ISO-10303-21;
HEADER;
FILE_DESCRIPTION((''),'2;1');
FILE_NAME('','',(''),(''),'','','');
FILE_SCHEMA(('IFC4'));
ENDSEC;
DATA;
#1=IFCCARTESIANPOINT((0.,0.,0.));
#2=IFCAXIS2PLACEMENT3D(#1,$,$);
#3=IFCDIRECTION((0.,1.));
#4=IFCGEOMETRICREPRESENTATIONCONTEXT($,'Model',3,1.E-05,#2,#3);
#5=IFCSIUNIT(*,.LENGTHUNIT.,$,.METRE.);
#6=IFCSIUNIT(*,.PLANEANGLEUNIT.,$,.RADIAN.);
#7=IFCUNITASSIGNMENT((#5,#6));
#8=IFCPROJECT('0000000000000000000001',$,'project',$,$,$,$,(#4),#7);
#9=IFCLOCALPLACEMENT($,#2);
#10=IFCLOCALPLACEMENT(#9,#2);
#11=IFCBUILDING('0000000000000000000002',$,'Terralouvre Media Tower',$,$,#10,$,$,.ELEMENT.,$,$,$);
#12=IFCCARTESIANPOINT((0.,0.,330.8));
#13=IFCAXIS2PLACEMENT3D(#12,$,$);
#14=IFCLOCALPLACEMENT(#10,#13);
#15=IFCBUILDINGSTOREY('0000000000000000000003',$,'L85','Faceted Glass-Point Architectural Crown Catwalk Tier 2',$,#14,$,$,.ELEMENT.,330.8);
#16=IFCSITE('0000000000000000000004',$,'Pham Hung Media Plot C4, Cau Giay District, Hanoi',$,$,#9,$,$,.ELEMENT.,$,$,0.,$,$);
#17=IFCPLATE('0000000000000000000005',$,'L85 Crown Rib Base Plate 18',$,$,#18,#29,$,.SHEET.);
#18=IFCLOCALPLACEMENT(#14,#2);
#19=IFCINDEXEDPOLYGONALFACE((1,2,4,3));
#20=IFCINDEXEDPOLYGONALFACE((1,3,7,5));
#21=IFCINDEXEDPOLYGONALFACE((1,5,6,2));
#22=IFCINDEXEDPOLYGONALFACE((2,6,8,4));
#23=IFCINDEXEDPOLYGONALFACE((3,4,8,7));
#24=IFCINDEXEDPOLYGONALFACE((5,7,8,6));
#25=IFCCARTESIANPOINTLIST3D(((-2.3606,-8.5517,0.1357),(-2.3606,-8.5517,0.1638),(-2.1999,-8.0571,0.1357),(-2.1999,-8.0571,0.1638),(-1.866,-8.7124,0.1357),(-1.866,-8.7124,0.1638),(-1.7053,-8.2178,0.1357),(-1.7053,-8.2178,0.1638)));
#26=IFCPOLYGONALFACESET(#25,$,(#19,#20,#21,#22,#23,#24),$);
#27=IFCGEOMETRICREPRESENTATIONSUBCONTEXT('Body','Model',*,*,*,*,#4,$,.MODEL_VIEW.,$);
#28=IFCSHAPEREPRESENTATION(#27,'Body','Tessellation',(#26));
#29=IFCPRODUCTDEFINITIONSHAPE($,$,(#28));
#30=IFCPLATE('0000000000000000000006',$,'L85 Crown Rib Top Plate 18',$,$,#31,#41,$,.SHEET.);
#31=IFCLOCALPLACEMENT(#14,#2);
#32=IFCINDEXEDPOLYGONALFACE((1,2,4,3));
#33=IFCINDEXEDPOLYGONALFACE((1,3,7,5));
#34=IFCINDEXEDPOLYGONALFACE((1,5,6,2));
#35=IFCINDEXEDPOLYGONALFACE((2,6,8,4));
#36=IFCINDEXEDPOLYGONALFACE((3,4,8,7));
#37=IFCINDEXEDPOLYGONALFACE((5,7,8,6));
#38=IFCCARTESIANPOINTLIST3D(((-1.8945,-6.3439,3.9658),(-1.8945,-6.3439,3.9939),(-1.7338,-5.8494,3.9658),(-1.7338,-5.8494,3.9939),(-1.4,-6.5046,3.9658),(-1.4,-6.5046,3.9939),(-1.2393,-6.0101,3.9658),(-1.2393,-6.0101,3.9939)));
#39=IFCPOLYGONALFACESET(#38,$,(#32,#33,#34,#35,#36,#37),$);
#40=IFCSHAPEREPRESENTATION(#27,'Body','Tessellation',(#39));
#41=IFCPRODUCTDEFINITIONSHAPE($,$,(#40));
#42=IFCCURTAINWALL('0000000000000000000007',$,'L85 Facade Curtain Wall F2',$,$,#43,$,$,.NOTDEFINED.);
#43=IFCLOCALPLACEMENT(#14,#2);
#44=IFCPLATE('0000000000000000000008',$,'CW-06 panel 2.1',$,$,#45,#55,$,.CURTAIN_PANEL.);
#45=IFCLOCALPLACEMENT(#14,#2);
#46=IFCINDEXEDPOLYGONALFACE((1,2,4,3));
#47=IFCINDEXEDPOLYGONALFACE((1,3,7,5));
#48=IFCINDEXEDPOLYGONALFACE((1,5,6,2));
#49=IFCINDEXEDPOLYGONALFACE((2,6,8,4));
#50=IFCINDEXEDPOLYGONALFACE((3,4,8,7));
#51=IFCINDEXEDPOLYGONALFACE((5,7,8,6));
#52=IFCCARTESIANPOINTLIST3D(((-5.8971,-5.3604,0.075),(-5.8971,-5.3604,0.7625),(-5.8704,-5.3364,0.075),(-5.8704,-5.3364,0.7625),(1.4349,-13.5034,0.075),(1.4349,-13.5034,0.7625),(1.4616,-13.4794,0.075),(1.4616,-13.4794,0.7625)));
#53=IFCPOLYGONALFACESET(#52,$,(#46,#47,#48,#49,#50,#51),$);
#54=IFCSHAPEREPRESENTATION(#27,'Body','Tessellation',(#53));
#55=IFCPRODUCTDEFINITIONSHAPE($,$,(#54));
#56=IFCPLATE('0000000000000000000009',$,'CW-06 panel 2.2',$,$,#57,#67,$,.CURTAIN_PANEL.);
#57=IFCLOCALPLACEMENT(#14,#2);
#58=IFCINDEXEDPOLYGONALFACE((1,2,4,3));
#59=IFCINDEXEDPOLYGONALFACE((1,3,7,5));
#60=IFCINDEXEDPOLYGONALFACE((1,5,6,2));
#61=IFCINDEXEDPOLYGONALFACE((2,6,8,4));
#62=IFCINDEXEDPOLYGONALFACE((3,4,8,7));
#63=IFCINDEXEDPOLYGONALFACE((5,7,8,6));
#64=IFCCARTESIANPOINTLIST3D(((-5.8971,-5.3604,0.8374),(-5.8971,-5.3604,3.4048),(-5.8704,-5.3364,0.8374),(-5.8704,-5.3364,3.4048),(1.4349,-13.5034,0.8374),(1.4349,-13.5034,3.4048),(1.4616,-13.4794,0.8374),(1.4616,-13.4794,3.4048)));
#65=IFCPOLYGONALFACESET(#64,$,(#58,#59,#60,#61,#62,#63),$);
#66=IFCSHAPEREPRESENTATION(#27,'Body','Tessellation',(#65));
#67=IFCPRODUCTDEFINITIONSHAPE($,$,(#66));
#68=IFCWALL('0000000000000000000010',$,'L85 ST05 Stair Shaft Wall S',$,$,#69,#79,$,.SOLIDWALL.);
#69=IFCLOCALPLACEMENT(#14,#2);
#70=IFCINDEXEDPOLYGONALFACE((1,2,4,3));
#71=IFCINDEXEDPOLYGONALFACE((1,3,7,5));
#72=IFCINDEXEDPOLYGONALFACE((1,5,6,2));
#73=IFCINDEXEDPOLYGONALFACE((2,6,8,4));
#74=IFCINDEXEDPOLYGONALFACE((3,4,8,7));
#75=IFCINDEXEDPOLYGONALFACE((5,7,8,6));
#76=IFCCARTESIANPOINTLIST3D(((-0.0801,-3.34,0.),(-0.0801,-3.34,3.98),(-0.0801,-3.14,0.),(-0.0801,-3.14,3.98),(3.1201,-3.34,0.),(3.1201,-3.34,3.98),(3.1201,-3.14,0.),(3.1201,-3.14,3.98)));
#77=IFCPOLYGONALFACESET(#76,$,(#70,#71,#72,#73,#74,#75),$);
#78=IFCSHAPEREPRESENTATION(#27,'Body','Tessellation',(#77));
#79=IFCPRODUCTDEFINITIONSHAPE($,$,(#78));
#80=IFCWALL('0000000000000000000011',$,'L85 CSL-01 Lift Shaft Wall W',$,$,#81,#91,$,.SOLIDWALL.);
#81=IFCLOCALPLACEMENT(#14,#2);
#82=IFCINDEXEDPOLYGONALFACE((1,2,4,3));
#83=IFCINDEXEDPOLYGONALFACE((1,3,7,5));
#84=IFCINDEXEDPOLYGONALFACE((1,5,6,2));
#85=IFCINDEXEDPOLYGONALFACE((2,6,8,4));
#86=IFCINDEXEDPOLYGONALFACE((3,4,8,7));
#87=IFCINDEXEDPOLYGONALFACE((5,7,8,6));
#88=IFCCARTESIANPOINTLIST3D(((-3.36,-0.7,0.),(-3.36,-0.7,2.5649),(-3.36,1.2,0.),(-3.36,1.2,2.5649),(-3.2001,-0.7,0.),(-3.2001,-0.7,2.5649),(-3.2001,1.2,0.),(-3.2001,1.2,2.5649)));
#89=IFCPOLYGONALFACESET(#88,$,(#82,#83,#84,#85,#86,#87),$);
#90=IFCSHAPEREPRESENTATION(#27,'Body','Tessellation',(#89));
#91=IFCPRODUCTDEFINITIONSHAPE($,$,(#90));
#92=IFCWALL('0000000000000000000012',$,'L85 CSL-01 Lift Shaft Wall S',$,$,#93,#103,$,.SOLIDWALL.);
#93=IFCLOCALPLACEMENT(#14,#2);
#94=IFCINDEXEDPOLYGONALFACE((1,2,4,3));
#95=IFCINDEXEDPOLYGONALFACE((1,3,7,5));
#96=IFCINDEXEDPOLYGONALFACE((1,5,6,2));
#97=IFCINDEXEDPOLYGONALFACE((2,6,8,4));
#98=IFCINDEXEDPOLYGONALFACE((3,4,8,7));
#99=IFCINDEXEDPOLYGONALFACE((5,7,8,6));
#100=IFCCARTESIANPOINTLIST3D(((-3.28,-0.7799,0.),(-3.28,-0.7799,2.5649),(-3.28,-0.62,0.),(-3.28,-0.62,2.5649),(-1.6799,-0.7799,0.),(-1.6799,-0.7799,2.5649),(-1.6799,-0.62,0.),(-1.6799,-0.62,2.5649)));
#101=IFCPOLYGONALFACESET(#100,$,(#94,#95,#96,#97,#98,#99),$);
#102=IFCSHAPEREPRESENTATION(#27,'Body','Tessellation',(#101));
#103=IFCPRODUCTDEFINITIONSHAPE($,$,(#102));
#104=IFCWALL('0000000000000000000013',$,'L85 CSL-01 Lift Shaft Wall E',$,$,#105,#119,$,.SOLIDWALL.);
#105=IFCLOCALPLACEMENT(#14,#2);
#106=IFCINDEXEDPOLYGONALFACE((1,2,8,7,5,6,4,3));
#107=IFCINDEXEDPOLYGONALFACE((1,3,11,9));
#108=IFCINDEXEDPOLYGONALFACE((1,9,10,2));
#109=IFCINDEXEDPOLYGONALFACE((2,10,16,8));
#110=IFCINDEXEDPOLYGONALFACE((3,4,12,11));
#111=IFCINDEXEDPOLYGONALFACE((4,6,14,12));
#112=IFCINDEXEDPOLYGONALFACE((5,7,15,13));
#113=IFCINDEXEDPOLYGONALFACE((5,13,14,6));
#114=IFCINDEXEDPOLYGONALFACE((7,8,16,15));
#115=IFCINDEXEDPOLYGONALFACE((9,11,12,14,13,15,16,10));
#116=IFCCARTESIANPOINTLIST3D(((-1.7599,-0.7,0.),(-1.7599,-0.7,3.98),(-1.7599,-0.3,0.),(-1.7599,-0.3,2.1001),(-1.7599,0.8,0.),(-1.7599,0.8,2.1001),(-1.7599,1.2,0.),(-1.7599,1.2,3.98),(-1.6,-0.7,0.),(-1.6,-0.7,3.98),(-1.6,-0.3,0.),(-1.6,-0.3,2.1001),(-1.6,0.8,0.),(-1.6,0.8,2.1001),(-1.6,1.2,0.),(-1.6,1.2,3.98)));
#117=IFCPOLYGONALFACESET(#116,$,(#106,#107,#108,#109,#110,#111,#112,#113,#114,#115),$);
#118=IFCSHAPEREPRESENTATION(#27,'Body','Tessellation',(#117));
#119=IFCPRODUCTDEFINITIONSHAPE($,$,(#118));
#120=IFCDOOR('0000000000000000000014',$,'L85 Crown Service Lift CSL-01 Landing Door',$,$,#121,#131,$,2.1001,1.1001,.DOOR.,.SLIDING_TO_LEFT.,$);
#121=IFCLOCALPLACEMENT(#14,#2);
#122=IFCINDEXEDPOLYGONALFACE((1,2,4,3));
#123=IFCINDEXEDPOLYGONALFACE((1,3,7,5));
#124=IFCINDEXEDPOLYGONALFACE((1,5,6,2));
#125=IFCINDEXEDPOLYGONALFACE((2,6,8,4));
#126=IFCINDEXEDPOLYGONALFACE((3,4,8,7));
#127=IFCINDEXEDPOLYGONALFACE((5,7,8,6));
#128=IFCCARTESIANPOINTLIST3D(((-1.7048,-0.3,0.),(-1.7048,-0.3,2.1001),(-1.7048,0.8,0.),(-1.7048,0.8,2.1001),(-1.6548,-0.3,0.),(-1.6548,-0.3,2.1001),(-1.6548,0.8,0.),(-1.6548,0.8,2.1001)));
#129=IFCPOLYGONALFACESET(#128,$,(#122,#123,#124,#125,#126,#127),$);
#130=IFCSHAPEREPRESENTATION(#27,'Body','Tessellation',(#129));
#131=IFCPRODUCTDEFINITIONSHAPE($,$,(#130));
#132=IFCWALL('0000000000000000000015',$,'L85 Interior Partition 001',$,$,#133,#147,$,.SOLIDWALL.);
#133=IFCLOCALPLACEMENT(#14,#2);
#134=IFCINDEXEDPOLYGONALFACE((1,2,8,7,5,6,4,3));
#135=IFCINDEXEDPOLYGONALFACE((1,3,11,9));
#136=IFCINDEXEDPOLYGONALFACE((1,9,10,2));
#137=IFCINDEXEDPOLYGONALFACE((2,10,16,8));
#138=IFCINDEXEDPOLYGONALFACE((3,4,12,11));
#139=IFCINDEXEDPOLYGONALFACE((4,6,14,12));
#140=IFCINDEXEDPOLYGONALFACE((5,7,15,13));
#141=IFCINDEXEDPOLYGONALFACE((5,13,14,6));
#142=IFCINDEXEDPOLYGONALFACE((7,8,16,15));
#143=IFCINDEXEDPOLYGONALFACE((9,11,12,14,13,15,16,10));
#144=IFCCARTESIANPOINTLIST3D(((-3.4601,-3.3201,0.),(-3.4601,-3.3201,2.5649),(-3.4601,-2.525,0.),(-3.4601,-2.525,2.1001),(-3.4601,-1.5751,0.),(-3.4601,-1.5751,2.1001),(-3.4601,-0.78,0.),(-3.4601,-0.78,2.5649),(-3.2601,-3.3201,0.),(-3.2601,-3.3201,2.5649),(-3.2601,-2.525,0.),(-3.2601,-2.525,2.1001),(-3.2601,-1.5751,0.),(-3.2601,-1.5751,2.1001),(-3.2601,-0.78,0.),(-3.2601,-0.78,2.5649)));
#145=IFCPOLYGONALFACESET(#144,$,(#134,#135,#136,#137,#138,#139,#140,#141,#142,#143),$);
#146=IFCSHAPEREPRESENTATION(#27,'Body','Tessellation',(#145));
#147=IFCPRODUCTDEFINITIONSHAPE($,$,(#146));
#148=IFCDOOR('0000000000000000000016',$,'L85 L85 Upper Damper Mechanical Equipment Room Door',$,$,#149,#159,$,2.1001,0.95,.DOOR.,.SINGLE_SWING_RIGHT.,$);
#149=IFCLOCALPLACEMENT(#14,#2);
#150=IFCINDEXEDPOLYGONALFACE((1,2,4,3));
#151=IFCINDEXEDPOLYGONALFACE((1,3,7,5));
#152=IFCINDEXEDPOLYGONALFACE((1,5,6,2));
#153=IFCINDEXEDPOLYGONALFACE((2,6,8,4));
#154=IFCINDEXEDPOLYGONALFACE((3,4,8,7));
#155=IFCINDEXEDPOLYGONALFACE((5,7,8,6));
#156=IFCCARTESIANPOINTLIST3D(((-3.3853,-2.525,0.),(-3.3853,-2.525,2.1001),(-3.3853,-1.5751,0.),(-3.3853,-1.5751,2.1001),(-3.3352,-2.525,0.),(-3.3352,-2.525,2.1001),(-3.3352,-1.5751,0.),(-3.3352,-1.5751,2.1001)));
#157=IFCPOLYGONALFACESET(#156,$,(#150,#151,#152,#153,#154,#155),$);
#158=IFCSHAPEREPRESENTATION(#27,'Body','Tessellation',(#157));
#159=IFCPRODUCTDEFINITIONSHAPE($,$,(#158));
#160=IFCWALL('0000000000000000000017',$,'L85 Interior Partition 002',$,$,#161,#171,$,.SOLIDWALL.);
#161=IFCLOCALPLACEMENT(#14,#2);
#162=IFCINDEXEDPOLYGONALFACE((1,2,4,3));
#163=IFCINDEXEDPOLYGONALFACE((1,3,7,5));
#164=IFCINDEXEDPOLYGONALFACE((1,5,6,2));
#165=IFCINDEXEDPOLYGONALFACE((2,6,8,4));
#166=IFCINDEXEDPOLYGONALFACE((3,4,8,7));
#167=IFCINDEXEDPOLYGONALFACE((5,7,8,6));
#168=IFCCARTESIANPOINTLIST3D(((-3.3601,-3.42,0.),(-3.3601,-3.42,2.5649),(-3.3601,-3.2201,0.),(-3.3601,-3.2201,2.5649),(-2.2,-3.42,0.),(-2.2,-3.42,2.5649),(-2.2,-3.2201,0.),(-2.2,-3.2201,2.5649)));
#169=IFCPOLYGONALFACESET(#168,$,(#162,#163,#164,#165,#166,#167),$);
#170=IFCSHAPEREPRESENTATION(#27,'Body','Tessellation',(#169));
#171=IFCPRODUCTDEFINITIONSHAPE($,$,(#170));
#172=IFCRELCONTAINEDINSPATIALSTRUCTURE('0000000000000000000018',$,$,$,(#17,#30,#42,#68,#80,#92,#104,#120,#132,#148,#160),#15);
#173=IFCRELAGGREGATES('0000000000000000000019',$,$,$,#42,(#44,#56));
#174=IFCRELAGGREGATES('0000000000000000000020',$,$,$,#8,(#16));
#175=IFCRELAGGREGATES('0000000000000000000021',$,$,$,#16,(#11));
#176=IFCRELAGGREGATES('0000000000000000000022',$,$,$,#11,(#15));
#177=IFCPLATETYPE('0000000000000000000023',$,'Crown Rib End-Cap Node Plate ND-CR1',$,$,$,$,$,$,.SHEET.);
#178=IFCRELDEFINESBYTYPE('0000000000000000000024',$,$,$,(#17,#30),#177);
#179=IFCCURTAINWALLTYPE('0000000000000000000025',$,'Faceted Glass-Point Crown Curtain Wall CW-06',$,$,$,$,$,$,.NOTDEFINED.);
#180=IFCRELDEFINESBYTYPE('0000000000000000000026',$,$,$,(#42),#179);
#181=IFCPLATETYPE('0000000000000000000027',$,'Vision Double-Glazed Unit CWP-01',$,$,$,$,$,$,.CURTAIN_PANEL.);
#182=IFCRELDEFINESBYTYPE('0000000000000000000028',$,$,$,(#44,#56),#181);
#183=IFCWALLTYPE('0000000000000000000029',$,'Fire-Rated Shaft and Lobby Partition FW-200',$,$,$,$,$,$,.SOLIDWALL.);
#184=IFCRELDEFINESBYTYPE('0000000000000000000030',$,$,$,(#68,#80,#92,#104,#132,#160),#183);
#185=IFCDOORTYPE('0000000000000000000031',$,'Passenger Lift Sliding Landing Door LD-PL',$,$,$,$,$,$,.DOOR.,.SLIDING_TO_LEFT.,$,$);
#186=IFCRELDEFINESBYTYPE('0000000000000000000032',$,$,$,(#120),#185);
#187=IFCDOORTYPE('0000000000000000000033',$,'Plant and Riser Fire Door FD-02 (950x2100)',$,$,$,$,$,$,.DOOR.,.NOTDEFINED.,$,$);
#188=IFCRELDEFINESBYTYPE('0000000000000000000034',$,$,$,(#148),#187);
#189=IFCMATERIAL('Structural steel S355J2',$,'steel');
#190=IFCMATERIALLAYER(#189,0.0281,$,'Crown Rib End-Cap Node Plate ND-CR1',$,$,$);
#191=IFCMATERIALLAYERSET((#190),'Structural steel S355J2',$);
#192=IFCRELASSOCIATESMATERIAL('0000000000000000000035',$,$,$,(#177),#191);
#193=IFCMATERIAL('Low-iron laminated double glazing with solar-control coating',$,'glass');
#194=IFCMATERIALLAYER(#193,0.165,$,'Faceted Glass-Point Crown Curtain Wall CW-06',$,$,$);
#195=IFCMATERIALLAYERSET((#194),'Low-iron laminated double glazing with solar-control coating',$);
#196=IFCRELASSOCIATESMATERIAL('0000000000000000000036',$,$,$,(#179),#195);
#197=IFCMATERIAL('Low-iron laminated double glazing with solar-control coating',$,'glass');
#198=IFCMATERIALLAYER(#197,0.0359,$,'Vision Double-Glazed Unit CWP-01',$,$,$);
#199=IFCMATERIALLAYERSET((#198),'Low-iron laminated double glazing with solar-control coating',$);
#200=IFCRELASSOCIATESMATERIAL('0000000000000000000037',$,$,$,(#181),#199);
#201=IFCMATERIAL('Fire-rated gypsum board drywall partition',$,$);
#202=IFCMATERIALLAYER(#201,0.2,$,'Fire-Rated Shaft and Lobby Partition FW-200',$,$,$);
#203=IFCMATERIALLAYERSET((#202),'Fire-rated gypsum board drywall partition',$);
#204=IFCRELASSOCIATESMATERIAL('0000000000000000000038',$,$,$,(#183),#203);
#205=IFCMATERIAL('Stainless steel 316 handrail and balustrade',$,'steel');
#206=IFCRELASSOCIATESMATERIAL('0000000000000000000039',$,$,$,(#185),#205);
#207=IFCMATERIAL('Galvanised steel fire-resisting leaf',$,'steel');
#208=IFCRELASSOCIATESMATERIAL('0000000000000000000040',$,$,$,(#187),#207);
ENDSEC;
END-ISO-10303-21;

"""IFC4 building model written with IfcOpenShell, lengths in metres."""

from ifc_helpers import new_model, si_unit, direction, frame, frame_2d, origin, origin_2d, place, context, subcontext, project, spatial, rectangle, extrude, material, layer, layer_set, type_object, element, fill, aggregate, save


model = new_model("IFC4")

# Units and contexts
model_context = context("Model", 3, precision=1e-05, world=origin(), true_north=direction((0.0, 1.0)))
body_context = subcontext(model_context, "Body", "Model", "MODEL_VIEW")
ifc_project = project(units=[si_unit("LENGTHUNIT", "METRE"), si_unit("PLANEANGLEUNIT", "RADIAN")], contexts=[model_context])

# Site, building, storey
site_placement = place(None, origin())
site = spatial("IfcSite", under=ifc_project, at=site_placement, Name="Pham Hung Media Plot C4, Cau Giay District, Hanoi", CompositionType="ELEMENT", RefElevation=0.0)
building_placement = place(site_placement, origin())
building = spatial("IfcBuilding", under=site, at=building_placement, Name="Terralouvre Media Tower", CompositionType="ELEMENT")
storey_placement = place(building_placement, frame((0.0, 0.0, 330.8)))
storey = spatial("IfcBuildingStorey", under=building, at=storey_placement, Name="L85", Description="Faceted Glass-Point Architectural Crown Catwalk Tier 2", CompositionType="ELEMENT", Elevation=330.8)

# Plates
ifc_material_1 = material(Name="Structural steel S355J2", Category="steel")
ifc_layer_1 = layer(ifc_material_1, 0.0281, Name="Crown Rib End-Cap Node Plate ND-CR1")
ifc_layer_set_1 = layer_set([ifc_layer_1], Name="Structural steel S355J2")
plate_type_1 = type_object("IfcPlateType", Name="Crown Rib End-Cap Node Plate ND-CR1", PredefinedType="SHEET", material=ifc_layer_set_1)
for number, where, z_axis, x_axis, name in (
    (1, (-2.033, -8.3848, 0.1357), (0.0, 0.0, 1.0), (0.309017, 0.951057, 0.0), "L85 Crown Rib Base Plate 18"),
    (2, (-1.5669, -6.177, 3.9658), (0.0, 0.0, 1.0), (0.309017, 0.951057, 0.0), "L85 Crown Rib Top Plate 18"),
):
    element("IfcPlate", number, at=place(storey_placement, frame(where, z_axis=z_axis, x_axis=x_axis)), inside=storey, type_object=plate_type_1, Name=name, PredefinedType="SHEET", context=body_context, shape_type="SweptSolid", body=[
        extrude(rectangle(XDim=0.52, YDim=0.52, at=origin_2d()), origin(), (0.0, 0.0, 1.0), 0.0281),
    ])

# Curtain wall, plates
ifc_material_2 = material(Name="Low-iron laminated double glazing with solar-control coating", Category="glass")
ifc_layer_2 = layer(ifc_material_2, 0.165, Name="Faceted Glass-Point Crown Curtain Wall CW-06")
ifc_layer_set_2 = layer_set([ifc_layer_2], Name="Low-iron laminated double glazing with solar-control coating")
curtain_wall_type = type_object("IfcCurtainWallType", Name="Faceted Glass-Point Crown Curtain Wall CW-06", PredefinedType="NOTDEFINED", material=ifc_layer_set_2)
curtain_wall_placement = place(storey_placement, origin())
curtain_wall = element("IfcCurtainWall", 3, at=curtain_wall_placement, inside=storey, type_object=curtain_wall_type, Name="L85 Facade Curtain Wall F2", PredefinedType="NOTDEFINED")
ifc_material_3 = material(Name="Low-iron laminated double glazing with solar-control coating", Category="glass")
ifc_layer_3 = layer(ifc_material_3, 0.0359, Name="Vision Double-Glazed Unit CWP-01")
ifc_layer_set_3 = layer_set([ifc_layer_3], Name="Low-iron laminated double glazing with solar-control coating")
plate_type_2 = type_object("IfcPlateType", Name="Vision Double-Glazed Unit CWP-01", PredefinedType="CURTAIN_PANEL", material=ifc_layer_set_3)
plate_1_placement = place(storey_placement, frame((-2.2178, -9.4199, 0.075), z_axis=(0.0, 0.0, 1.0), x_axis=(0.66913, -0.743145, 0.0)))
plate_1 = element("IfcPlate", 4, at=plate_1_placement, type_object=plate_type_2, Name="CW-06 panel 2.1", PredefinedType="CURTAIN_PANEL", context=body_context, shape_type="SweptSolid", body=[
    extrude(rectangle(XDim=10.9575, YDim=0.0359, at=origin_2d()), origin(), (0.0, 0.0, 1.0), 0.6875),
])
plate_2_placement = place(storey_placement, frame((-2.2178, -9.4199, 0.8374), z_axis=(0.0, 0.0, 1.0), x_axis=(0.66913, -0.743145, 0.0)))
plate_2 = element("IfcPlate", 5, at=plate_2_placement, type_object=plate_type_2, Name="CW-06 panel 2.2", PredefinedType="CURTAIN_PANEL", context=body_context, shape_type="SweptSolid", body=[
    extrude(rectangle(XDim=10.9575, YDim=0.0359, at=origin_2d()), origin(), (0.0, 0.0, 1.0), 2.5674),
])
aggregate(curtain_wall, [plate_1, plate_2])

# Walls
ifc_material_4 = material(Name="Fire-rated gypsum board drywall partition")
ifc_layer_4 = layer(ifc_material_4, 0.2, Name="Fire-Rated Shaft and Lobby Partition FW-200")
ifc_layer_set_4 = layer_set([ifc_layer_4], Name="Fire-rated gypsum board drywall partition")
wall_type = type_object("IfcWallType", Name="Fire-Rated Shaft and Lobby Partition FW-200", PredefinedType="SOLIDWALL", material=ifc_layer_set_4)
wall_1_placement = place(storey_placement, frame((-0.0801, -3.24, 0.0), z_axis=(0.0, 0.0, 1.0), x_axis=(1.0, 0.0, 0.0)))
element("IfcWall", 6, at=wall_1_placement, inside=storey, type_object=wall_type, Name="L85 ST05 Stair Shaft Wall S", PredefinedType="SOLIDWALL", context=body_context, shape_type="SweptSolid", body=[
    extrude(rectangle(XDim=3.2002, YDim=0.2, at=frame_2d((1.6001, 0.0))), origin(), (0.0, 0.0, 1.0), 3.98),
])
wall_2_placement = place(storey_placement, frame((-3.28, -0.7, 0.0), z_axis=(0.0, 0.0, 1.0), x_axis=(0.0, 1.0, 0.0)))
element("IfcWall", 7, at=wall_2_placement, inside=storey, type_object=wall_type, Name="L85 CSL-01 Lift Shaft Wall W", PredefinedType="SOLIDWALL", context=body_context, shape_type="SweptSolid", body=[
    extrude(rectangle(XDim=1.8999, YDim=0.1599, at=frame_2d((0.95, 0.0))), origin(), (0.0, 0.0, 1.0), 2.5649),
])
wall_3_placement = place(storey_placement, frame((-1.6799, -0.7, 0.0), z_axis=(0.0, 0.0, 1.0), x_axis=(-1.0, 0.0, 0.0)))
element("IfcWall", 8, at=wall_3_placement, inside=storey, type_object=wall_type, Name="L85 CSL-01 Lift Shaft Wall S", PredefinedType="SOLIDWALL", context=body_context, shape_type="SweptSolid", body=[
    extrude(rectangle(XDim=1.6001, YDim=0.1599, at=frame_2d((0.8, 0.0))), origin(), (0.0, 0.0, 1.0), 2.5649),
])

# Walls, openings, doors
wall_4_placement = place(storey_placement, frame((-1.6799, -0.7, 0.0), z_axis=(0.0, 0.0, 1.0), x_axis=(0.0, 1.0, 0.0)))
wall_4 = element("IfcWall", 9, at=wall_4_placement, inside=storey, type_object=wall_type, Name="L85 CSL-01 Lift Shaft Wall E", PredefinedType="SOLIDWALL", context=body_context, shape_type="SweptSolid", body=[
    extrude(rectangle(XDim=1.8999, YDim=0.1599, at=frame_2d((0.95, 0.0))), origin(), (0.0, 0.0, 1.0), 3.98),
])
opening_1_placement = place(wall_4_placement, frame((0.3999, 0.0, 0.0)))
opening_1 = element("IfcOpeningElement", 10, at=opening_1_placement, cuts=wall_4, PredefinedType="OPENING", context=body_context, shape_type="SweptSolid", body=[
    extrude(rectangle(XDim=1.1001, YDim=2.1001, at=frame_2d((0.55, 1.05))), frame((0.0, 0.0898, 0.0), z_axis=(0.0, -1.0, 0.0), x_axis=(1.0, 0.0, 0.0)), (0.0, 0.0, 1.0), 0.1799),
])
ifc_material_5 = material(Name="Stainless steel 316 handrail and balustrade", Category="steel")
door_type_1 = type_object("IfcDoorType", Name="Passenger Lift Sliding Landing Door LD-PL", OperationType="SLIDING_TO_LEFT", PredefinedType="DOOR", material=ifc_material_5)
door_1_placement = place(opening_1_placement, origin())
door_1 = element("IfcDoor", 11, at=door_1_placement, inside=storey, type_object=door_type_1, Name="L85 Crown Service Lift CSL-01 Landing Door", OperationType="SLIDING_TO_LEFT", OverallHeight=2.1001, OverallWidth=1.1001, PredefinedType="DOOR", context=body_context, shape_type="SweptSolid", body=[
    extrude(rectangle(XDim=1.1001, YDim=2.1001, at=frame_2d((0.55, 1.05))), frame((0.0, 0.0249, 0.0), z_axis=(0.0, -1.0, 0.0), x_axis=(1.0, 0.0, 0.0)), (0.0, 0.0, 1.0), 0.05),
])
fill(opening_1, door_1)
wall_5_placement = place(storey_placement, frame((-3.3601, -0.78, 0.0), z_axis=(0.0, 0.0, 1.0), x_axis=(0.0, -1.0, 0.0)))
wall_5 = element("IfcWall", 12, at=wall_5_placement, inside=storey, type_object=wall_type, Name="L85 Interior Partition 001", PredefinedType="SOLIDWALL", context=body_context, shape_type="SweptSolid", body=[
    extrude(rectangle(XDim=2.54, YDim=0.2, at=frame_2d((1.27, 0.0))), origin(), (0.0, 0.0, 1.0), 2.5649),
])
opening_2_placement = place(wall_5_placement, frame((0.7949, 0.0, 0.0)))
opening_2 = element("IfcOpeningElement", 13, at=opening_2_placement, cuts=wall_5, PredefinedType="OPENING", context=body_context, shape_type="SweptSolid", body=[
    extrude(rectangle(XDim=0.95, YDim=2.1001, at=frame_2d((0.4751, 1.05))), frame((0.0, 0.1099, 0.0), z_axis=(0.0, -1.0, 0.0), x_axis=(1.0, 0.0, 0.0)), (0.0, 0.0, 1.0), 0.22),
])
ifc_material_6 = material(Name="Galvanised steel fire-resisting leaf", Category="steel")
door_type_2 = type_object("IfcDoorType", Name="Plant and Riser Fire Door FD-02 (950x2100)", OperationType="NOTDEFINED", PredefinedType="DOOR", material=ifc_material_6)
door_2_placement = place(opening_2_placement, origin())
door_2 = element("IfcDoor", 14, at=door_2_placement, inside=storey, type_object=door_type_2, Name="L85 L85 Upper Damper Mechanical Equipment Room Door", OperationType="SINGLE_SWING_RIGHT", OverallHeight=2.1001, OverallWidth=0.95, PredefinedType="DOOR", context=body_context, shape_type="SweptSolid", body=[
    extrude(rectangle(XDim=0.95, YDim=2.1001, at=frame_2d((0.4751, 1.05))), frame((0.0, 0.0249, 0.0), z_axis=(0.0, -1.0, 0.0), x_axis=(1.0, 0.0, 0.0)), (0.0, 0.0, 1.0), 0.05),
])
fill(opening_2, door_2)

# Wall
wall_6_placement = place(storey_placement, frame((-3.3601, -3.3201, 0.0), z_axis=(0.0, 0.0, 1.0), x_axis=(1.0, 0.0, 0.0)))
element("IfcWall", 15, at=wall_6_placement, inside=storey, type_object=wall_type, Name="L85 Interior Partition 002", PredefinedType="SOLIDWALL", context=body_context, shape_type="SweptSolid", body=[
    extrude(rectangle(XDim=1.1602, YDim=0.2, at=frame_2d((0.5801, 0.0))), origin(), (0.0, 0.0, 1.0), 2.5649),
])

save(model, "model.ifc")
